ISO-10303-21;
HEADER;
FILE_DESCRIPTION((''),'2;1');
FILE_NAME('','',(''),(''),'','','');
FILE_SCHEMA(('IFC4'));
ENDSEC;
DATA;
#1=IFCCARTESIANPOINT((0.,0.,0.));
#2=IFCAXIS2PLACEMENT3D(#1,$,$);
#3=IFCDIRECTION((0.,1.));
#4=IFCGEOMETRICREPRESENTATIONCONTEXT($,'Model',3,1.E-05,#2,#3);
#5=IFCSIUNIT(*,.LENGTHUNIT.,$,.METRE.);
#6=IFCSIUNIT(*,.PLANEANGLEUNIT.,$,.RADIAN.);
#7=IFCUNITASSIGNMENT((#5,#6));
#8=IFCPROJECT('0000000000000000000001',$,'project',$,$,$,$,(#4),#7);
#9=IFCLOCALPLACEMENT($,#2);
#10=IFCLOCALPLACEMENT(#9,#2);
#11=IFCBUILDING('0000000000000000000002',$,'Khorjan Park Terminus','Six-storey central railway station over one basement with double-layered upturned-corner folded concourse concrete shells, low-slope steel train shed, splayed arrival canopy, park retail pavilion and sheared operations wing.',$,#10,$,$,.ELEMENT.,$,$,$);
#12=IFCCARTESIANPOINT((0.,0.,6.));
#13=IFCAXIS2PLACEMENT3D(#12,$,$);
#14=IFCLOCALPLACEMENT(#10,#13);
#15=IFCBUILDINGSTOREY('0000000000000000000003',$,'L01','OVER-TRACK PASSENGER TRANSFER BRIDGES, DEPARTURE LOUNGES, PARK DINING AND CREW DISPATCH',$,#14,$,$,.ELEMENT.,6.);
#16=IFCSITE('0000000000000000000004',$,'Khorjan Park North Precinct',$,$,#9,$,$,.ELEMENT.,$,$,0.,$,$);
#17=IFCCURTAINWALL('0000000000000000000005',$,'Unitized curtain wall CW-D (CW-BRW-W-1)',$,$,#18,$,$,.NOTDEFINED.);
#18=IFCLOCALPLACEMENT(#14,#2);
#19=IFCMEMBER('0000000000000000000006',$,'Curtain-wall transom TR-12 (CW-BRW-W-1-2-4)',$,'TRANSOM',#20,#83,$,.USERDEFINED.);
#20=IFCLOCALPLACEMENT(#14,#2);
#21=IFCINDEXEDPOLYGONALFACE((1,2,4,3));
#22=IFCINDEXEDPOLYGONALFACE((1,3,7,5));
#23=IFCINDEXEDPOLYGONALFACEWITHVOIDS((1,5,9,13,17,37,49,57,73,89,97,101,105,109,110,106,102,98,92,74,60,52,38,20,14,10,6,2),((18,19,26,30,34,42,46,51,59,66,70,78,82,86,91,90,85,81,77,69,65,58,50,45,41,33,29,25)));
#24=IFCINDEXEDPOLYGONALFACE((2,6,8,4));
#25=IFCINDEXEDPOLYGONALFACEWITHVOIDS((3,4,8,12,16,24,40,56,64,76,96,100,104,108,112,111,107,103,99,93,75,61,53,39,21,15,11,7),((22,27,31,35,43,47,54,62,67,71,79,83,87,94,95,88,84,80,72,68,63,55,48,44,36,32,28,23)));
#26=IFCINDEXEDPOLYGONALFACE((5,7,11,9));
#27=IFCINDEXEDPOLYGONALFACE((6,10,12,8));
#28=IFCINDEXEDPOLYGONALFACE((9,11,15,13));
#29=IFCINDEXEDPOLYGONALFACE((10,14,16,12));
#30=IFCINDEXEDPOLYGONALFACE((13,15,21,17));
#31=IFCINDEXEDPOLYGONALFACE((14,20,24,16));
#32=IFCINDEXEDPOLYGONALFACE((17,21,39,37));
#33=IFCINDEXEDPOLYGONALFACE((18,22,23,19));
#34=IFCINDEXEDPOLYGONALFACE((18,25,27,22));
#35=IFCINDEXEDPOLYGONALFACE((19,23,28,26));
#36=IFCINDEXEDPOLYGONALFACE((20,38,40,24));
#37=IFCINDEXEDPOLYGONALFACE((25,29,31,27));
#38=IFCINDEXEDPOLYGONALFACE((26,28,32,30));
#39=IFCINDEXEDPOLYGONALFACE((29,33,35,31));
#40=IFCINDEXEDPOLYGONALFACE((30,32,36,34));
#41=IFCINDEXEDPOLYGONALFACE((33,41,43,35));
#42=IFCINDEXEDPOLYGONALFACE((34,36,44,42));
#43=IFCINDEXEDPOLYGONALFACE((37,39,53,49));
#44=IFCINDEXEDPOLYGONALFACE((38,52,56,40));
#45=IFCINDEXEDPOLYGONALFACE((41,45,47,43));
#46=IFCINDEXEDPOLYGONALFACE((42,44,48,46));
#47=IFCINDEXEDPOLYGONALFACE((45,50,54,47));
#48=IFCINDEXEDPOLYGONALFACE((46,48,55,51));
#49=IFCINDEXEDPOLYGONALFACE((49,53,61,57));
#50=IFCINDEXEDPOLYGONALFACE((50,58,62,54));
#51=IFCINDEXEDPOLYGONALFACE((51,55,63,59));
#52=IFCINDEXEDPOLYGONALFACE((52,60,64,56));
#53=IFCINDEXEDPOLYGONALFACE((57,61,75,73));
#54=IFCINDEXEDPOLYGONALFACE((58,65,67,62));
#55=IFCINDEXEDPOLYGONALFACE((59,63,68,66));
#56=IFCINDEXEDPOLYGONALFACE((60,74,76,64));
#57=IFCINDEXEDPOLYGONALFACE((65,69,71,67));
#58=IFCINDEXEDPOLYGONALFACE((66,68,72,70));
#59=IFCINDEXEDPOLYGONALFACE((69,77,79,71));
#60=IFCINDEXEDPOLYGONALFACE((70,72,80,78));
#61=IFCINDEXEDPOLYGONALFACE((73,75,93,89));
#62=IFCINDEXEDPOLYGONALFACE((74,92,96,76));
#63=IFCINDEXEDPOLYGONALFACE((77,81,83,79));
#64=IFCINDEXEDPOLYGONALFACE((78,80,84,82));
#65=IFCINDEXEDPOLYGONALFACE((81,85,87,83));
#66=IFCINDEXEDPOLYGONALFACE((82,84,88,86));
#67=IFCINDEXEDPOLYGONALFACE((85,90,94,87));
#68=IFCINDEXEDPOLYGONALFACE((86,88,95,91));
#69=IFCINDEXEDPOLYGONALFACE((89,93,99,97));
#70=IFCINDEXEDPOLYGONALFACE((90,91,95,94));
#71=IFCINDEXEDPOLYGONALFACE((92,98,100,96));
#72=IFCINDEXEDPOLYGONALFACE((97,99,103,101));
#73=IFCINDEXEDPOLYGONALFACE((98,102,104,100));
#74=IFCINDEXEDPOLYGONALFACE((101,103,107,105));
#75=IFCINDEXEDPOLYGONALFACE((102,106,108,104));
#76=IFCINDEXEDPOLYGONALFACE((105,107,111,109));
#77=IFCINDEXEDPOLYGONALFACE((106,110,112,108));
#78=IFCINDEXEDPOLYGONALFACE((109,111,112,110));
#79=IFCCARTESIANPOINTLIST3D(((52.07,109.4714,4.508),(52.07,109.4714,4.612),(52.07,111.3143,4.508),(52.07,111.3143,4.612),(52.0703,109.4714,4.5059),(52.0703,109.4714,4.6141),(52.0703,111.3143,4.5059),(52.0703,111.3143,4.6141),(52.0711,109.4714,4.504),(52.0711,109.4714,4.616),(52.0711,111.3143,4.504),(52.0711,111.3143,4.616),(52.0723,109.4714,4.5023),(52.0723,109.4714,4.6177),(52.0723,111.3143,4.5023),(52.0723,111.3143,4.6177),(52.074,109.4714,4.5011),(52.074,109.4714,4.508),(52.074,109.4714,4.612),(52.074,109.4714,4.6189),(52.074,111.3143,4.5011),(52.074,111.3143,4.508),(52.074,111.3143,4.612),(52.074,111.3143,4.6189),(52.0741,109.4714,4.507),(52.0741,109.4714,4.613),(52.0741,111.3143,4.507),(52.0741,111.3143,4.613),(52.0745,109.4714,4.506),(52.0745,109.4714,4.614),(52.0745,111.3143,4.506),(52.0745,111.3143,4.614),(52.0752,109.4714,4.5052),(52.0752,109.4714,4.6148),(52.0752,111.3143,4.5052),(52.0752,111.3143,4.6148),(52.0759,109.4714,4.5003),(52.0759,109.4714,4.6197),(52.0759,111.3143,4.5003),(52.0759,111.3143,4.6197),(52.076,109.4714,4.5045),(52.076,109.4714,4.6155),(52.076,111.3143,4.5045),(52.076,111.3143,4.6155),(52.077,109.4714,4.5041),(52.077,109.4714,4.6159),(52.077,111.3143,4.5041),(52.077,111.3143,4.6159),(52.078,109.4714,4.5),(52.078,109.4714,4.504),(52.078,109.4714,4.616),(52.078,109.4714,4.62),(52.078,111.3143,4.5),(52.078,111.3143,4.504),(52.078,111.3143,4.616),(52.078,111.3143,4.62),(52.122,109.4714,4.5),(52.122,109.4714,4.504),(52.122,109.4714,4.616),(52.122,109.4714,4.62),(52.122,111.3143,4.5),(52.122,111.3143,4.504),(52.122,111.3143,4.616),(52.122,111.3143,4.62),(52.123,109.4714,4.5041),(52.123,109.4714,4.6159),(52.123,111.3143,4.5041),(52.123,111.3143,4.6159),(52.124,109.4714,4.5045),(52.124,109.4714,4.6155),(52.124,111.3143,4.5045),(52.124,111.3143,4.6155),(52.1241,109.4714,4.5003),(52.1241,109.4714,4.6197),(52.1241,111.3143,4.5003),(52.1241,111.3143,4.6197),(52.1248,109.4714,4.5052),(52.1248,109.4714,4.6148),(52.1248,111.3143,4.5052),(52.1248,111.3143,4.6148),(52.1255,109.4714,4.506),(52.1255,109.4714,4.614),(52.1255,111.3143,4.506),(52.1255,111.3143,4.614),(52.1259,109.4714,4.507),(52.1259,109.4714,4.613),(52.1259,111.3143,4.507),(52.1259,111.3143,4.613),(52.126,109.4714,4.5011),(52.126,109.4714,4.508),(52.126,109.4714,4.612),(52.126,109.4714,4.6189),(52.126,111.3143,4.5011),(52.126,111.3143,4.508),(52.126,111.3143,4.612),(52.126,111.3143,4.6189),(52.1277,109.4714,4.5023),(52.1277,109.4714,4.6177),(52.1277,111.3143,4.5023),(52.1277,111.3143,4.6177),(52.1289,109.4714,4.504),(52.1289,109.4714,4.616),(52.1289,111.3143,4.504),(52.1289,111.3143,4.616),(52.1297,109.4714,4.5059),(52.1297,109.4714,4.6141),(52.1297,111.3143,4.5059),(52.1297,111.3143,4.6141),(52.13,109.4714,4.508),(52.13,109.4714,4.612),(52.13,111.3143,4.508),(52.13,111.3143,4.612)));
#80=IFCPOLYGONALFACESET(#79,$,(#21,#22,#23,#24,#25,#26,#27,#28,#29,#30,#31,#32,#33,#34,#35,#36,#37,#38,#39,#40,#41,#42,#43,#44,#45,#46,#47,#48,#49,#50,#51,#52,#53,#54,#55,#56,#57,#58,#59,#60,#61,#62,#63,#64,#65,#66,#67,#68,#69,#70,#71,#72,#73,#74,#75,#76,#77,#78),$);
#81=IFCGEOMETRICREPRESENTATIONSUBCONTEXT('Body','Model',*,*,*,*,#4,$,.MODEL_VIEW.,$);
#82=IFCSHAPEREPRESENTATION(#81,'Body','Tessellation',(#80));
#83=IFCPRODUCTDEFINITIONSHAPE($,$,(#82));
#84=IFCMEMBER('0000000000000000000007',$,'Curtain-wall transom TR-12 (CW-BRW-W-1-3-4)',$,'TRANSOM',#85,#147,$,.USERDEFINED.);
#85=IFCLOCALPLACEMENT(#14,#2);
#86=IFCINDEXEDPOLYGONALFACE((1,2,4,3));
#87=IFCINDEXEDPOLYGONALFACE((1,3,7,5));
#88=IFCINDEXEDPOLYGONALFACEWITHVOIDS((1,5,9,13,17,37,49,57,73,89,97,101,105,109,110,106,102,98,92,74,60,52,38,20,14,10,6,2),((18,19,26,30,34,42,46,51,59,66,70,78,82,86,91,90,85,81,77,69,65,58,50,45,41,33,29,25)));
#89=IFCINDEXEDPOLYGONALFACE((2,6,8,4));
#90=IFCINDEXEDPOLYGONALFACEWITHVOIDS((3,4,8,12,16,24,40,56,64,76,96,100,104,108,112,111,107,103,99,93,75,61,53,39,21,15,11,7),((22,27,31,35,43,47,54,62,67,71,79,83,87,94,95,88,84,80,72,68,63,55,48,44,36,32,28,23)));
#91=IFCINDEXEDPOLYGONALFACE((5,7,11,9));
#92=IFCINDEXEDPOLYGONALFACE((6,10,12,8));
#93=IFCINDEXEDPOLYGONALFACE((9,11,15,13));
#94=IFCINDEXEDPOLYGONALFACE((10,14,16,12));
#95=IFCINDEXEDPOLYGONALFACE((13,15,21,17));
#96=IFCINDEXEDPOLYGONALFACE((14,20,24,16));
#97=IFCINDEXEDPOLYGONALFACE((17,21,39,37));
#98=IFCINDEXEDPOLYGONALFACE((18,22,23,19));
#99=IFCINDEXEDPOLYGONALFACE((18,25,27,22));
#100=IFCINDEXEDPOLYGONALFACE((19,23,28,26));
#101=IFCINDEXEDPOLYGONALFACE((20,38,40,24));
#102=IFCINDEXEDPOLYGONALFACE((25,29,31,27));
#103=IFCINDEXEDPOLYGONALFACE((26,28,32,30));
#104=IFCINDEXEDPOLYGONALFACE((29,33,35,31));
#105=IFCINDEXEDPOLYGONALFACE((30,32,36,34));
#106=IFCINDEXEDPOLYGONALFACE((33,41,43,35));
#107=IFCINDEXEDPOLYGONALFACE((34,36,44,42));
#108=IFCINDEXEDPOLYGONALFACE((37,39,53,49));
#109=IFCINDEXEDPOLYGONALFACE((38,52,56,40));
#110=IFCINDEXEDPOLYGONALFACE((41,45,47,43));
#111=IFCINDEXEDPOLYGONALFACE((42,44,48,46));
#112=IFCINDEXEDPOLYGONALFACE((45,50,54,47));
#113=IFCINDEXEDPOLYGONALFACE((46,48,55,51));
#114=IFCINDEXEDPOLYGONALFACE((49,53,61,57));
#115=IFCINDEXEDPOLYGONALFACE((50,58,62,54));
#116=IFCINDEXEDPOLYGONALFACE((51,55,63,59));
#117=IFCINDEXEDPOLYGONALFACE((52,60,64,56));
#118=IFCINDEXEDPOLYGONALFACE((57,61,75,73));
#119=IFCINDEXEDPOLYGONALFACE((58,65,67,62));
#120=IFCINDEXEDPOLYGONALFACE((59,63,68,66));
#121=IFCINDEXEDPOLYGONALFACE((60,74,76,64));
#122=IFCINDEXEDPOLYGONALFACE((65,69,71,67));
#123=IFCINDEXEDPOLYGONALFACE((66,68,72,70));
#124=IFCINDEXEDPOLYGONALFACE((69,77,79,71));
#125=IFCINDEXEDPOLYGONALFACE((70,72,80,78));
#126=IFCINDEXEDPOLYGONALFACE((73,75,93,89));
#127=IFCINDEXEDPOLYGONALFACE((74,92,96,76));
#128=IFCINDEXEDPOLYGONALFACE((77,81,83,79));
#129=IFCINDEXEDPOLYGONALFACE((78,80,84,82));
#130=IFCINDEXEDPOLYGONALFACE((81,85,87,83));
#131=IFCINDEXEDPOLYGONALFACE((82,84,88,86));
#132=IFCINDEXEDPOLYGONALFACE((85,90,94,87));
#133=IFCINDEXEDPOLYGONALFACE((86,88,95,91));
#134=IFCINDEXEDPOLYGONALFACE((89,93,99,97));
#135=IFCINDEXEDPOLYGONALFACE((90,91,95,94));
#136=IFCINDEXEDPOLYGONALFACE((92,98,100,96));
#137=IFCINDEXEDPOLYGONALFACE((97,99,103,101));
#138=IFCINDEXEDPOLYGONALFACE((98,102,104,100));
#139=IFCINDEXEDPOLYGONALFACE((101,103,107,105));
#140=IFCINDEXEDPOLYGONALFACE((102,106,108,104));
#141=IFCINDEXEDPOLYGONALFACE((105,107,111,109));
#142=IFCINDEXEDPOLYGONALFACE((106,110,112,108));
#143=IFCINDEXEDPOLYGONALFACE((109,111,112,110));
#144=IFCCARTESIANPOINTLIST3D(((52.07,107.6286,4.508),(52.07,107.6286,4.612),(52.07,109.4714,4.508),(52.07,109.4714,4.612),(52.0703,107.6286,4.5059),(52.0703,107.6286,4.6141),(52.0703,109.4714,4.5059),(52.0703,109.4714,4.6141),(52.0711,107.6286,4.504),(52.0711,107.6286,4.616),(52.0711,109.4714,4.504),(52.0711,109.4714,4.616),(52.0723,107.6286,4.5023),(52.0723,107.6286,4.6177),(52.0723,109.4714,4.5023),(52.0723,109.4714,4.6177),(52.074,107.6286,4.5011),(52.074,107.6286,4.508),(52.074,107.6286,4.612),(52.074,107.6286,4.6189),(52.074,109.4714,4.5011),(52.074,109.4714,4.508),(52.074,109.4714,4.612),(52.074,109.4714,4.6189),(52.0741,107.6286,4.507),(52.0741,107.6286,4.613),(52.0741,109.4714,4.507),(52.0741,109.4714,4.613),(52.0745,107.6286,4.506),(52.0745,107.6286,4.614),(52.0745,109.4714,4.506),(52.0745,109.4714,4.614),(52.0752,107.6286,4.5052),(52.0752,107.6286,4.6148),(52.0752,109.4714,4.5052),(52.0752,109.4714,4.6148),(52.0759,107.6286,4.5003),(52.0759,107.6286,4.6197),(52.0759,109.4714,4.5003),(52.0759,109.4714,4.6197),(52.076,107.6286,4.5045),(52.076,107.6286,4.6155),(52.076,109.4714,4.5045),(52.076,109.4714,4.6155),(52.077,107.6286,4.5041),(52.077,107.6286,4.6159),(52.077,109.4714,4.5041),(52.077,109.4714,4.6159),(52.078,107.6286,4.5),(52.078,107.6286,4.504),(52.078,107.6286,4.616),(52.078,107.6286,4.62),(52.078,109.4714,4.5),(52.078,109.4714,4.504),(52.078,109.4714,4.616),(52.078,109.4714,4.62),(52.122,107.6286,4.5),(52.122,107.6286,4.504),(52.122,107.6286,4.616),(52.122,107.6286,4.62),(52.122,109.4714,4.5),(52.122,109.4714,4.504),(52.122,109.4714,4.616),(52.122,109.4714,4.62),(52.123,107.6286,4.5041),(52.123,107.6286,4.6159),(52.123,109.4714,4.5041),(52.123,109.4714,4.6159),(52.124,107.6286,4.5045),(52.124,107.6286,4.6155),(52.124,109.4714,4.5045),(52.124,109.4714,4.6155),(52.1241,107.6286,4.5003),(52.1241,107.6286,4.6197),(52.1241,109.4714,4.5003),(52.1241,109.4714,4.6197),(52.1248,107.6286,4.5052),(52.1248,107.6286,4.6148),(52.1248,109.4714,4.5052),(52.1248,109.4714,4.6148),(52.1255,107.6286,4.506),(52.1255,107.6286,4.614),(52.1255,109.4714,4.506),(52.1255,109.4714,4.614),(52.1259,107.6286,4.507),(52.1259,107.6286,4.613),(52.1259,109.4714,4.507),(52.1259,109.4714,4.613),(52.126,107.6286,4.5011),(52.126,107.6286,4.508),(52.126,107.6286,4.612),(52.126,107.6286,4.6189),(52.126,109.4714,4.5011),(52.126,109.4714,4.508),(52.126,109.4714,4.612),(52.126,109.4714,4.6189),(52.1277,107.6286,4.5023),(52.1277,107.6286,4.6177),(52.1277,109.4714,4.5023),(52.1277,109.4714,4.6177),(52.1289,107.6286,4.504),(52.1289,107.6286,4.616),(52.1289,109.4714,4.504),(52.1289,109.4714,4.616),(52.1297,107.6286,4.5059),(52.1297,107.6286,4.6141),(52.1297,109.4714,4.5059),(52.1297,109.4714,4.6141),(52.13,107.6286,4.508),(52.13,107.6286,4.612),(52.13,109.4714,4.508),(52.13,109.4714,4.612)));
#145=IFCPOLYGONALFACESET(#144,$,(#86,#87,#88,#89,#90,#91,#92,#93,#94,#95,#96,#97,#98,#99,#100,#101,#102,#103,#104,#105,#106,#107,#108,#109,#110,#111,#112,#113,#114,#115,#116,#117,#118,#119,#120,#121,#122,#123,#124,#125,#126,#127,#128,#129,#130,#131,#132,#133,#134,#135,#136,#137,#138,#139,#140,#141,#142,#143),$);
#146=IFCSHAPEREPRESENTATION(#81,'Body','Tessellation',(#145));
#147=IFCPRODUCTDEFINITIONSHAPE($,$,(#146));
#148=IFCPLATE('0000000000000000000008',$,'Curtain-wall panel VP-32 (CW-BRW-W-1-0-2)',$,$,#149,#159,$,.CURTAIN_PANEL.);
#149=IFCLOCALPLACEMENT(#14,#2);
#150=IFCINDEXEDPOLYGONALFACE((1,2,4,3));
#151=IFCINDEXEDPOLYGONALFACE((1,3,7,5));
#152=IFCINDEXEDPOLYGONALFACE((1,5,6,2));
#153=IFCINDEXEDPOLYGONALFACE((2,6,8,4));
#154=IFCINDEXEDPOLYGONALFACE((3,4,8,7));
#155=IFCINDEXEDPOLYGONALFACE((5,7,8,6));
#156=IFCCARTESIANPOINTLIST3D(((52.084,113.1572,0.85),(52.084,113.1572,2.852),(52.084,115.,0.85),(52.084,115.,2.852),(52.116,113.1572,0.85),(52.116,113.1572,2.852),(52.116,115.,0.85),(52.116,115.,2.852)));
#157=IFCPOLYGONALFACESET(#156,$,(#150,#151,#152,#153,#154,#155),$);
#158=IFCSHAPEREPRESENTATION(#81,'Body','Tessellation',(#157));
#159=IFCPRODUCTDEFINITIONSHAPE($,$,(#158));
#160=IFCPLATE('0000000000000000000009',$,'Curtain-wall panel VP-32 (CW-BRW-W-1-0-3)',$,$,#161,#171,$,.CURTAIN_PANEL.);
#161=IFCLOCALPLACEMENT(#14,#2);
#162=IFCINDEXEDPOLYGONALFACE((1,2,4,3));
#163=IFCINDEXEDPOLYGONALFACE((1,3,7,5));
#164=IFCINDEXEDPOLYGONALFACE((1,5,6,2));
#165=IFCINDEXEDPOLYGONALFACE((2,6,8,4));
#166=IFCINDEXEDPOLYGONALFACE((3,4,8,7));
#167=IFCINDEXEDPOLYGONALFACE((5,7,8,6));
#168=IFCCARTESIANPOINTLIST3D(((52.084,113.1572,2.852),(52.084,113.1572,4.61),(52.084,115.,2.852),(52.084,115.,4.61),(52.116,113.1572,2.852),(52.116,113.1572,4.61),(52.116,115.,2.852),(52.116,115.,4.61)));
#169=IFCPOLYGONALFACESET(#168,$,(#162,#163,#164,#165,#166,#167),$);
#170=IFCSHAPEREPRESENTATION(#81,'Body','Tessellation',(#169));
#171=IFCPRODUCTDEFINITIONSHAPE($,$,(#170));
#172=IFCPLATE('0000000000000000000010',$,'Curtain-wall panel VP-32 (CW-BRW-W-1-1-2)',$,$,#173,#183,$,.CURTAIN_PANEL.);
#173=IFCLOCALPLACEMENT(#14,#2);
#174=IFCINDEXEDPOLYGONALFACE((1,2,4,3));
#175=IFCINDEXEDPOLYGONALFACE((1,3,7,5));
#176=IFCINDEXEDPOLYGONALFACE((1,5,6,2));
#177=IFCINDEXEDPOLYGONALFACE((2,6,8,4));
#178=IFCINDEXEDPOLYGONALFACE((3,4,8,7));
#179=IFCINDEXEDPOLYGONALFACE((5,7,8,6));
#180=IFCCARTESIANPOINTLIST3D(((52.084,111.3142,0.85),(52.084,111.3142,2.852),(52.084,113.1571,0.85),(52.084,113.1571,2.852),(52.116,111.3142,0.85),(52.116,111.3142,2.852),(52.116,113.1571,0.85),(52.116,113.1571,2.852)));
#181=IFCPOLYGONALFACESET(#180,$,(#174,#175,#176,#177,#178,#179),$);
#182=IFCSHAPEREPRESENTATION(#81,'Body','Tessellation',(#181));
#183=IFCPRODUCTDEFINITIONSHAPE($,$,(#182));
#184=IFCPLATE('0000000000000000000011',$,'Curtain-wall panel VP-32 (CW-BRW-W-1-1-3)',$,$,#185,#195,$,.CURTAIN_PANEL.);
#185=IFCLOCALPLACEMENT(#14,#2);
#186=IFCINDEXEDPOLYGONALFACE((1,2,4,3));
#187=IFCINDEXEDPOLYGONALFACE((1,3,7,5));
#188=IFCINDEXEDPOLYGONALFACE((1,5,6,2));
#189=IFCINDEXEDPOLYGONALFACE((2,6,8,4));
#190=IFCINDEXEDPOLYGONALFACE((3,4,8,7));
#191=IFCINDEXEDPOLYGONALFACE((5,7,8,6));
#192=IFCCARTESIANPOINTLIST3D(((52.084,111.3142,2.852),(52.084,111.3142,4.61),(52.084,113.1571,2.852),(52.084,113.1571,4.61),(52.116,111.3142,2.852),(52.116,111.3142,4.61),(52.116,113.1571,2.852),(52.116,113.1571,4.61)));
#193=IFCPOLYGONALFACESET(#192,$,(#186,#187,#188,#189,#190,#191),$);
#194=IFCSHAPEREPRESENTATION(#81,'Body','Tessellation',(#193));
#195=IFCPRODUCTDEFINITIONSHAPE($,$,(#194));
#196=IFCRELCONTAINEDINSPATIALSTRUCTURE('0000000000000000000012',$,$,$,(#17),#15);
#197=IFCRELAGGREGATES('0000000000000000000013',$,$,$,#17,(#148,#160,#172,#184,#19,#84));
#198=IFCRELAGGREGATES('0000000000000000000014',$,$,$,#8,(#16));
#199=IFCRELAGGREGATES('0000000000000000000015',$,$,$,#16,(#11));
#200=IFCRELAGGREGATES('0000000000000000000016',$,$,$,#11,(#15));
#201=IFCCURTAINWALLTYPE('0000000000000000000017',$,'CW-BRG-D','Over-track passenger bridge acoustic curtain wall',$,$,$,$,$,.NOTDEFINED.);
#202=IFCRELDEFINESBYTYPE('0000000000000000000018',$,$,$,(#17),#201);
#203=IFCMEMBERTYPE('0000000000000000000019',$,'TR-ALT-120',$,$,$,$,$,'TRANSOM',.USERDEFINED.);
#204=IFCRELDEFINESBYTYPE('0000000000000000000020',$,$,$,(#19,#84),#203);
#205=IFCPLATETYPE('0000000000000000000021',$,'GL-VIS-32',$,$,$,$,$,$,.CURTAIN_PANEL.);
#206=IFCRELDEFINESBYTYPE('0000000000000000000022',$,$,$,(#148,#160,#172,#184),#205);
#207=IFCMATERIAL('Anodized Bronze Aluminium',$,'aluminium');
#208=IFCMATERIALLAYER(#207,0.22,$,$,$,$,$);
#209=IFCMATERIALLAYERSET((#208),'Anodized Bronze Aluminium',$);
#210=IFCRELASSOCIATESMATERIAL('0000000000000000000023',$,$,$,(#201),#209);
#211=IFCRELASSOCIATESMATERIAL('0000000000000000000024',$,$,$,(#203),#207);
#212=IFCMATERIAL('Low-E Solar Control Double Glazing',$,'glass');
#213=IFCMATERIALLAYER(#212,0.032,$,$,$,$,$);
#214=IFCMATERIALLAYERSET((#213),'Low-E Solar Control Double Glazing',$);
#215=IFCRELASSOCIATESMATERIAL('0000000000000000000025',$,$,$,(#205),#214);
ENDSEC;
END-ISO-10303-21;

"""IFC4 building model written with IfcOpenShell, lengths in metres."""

from ifc_helpers import new_model, si_unit, direction, frame, origin, origin_2d, place, context, subcontext, project, spatial, rectangle, hollow_rectangle, extrude, material, layer, layer_set, material_profile, profile_set, type_object, element, aggregate, save


model = new_model("IFC4")

# Units and contexts
model_context = context("Model", 3, precision=1e-05, world=origin(), true_north=direction((0.0, 1.0)))
body_context = subcontext(model_context, "Body", "Model", "MODEL_VIEW")
ifc_project = project(units=[si_unit("LENGTHUNIT", "METRE"), si_unit("PLANEANGLEUNIT", "RADIAN")], contexts=[model_context])

# Site, building, storey
site_placement = place(None, origin())
site = spatial("IfcSite", under=ifc_project, at=site_placement, Name="Khorjan Park North Precinct", CompositionType="ELEMENT", RefElevation=0.0)
building_placement = place(site_placement, origin())
building = spatial("IfcBuilding", under=site, at=building_placement, Name="Khorjan Park Terminus", Description="Six-storey central railway station over one basement with double-layered upturned-corner folded concourse concrete shells, low-slope steel train shed, splayed arrival canopy, park retail pavilion and sheared operations wing.", CompositionType="ELEMENT")
storey_placement = place(building_placement, frame((0.0, 0.0, 6.0)))
storey = spatial("IfcBuildingStorey", under=building, at=storey_placement, Name="L01", Description="OVER-TRACK PASSENGER TRANSFER BRIDGES, DEPARTURE LOUNGES, PARK DINING AND CREW DISPATCH", CompositionType="ELEMENT", Elevation=6.0)

# Curtain wall, members, plates
ifc_material_1 = material(Name="Anodized Bronze Aluminium", Category="aluminium")
ifc_layer_1 = layer(ifc_material_1, 0.22)
ifc_layer_set_1 = layer_set([ifc_layer_1], Name="Anodized Bronze Aluminium")
curtain_wall_type = type_object("IfcCurtainWallType", Name="CW-BRG-D", Description="Over-track passenger bridge acoustic curtain wall", PredefinedType="NOTDEFINED", material=ifc_layer_set_1)
curtain_wall_1_placement = place(storey_placement, origin())
curtain_wall_1 = element("IfcCurtainWall", 1, at=curtain_wall_1_placement, inside=storey, type_object=curtain_wall_type, Name="Unitized curtain wall CW-D (CW-BRW-W-1)", PredefinedType="NOTDEFINED")
ifc_material_profile_1 = material_profile(ifc_material_1, hollow_rectangle(XDim=0.06, YDim=0.12, WallThickness=0.004, InnerFilletRadius=0.004, OuterFilletRadius=0.008, at=origin_2d()), Name="ALT 60x120x4")
ifc_profile_set_1 = profile_set([ifc_material_profile_1], Name="Anodized Bronze Aluminium")
member_type_1 = type_object("IfcMemberType", Name="TR-ALT-120", ElementType="TRANSOM", PredefinedType="USERDEFINED", material=ifc_profile_set_1)
member_1_placement = place(storey_placement, frame((52.1, 111.3143, 4.56), z_axis=(0.0, -1.0, 0.0), x_axis=(1.0, 0.0, 0.0)))
member_1 = element("IfcMember", 2, at=member_1_placement, type_object=member_type_1, Name="Curtain-wall transom TR-12 (CW-BRW-W-1-2-4)", ObjectType="TRANSOM", PredefinedType="USERDEFINED", context=body_context, shape_type="SweptSolid", body=[
    extrude(hollow_rectangle(XDim=0.06, YDim=0.12, WallThickness=0.004, InnerFilletRadius=0.004, OuterFilletRadius=0.008, at=origin_2d()), origin(), (0.0, 0.0, 1.0), 1.8429),
])
member_2_placement = place(storey_placement, frame((52.1, 109.4714, 4.56), z_axis=(0.0, -1.0, 0.0), x_axis=(1.0, 0.0, 0.0)))
member_2 = element("IfcMember", 3, at=member_2_placement, type_object=member_type_1, Name="Curtain-wall transom TR-12 (CW-BRW-W-1-3-4)", ObjectType="TRANSOM", PredefinedType="USERDEFINED", context=body_context, shape_type="SweptSolid", body=[
    extrude(hollow_rectangle(XDim=0.06, YDim=0.12, WallThickness=0.004, InnerFilletRadius=0.004, OuterFilletRadius=0.008, at=origin_2d()), origin(), (0.0, 0.0, 1.0), 1.8428),
])
ifc_material_2 = material(Name="Low-E Solar Control Double Glazing", Category="glass")
ifc_layer_2 = layer(ifc_material_2, 0.032)
ifc_layer_set_2 = layer_set([ifc_layer_2], Name="Low-E Solar Control Double Glazing")
plate_type_1 = type_object("IfcPlateType", Name="GL-VIS-32", PredefinedType="CURTAIN_PANEL", material=ifc_layer_set_2)
plate_1_placement = place(storey_placement, frame((52.1, 114.0786, 0.85), z_axis=(0.0, 0.0, 1.0), x_axis=(0.0, -1.0, 0.0)))
plate_1 = element("IfcPlate", 4, at=plate_1_placement, type_object=plate_type_1, Name="Curtain-wall panel VP-32 (CW-BRW-W-1-0-2)", PredefinedType="CURTAIN_PANEL", context=body_context, shape_type="SweptSolid", body=[
    extrude(rectangle(XDim=1.8429, YDim=0.032, at=origin_2d()), origin(), (0.0, 0.0, 1.0), 2.002),
])
plate_2_placement = place(storey_placement, frame((52.1, 114.0786, 2.852), z_axis=(0.0, 0.0, 1.0), x_axis=(0.0, -1.0, 0.0)))
plate_2 = element("IfcPlate", 5, at=plate_2_placement, type_object=plate_type_1, Name="Curtain-wall panel VP-32 (CW-BRW-W-1-0-3)", PredefinedType="CURTAIN_PANEL", context=body_context, shape_type="SweptSolid", body=[
    extrude(rectangle(XDim=1.8429, YDim=0.032, at=origin_2d()), origin(), (0.0, 0.0, 1.0), 1.758),
])
plate_3_placement = place(storey_placement, frame((52.1, 112.2357, 0.85), z_axis=(0.0, 0.0, 1.0), x_axis=(0.0, -1.0, 0.0)))
plate_3 = element("IfcPlate", 6, at=plate_3_placement, type_object=plate_type_1, Name="Curtain-wall panel VP-32 (CW-BRW-W-1-1-2)", PredefinedType="CURTAIN_PANEL", context=body_context, shape_type="SweptSolid", body=[
    extrude(rectangle(XDim=1.8429, YDim=0.032, at=origin_2d()), origin(), (0.0, 0.0, 1.0), 2.002),
])
plate_4_placement = place(storey_placement, frame((52.1, 112.2357, 2.852), z_axis=(0.0, 0.0, 1.0), x_axis=(0.0, -1.0, 0.0)))
plate_4 = element("IfcPlate", 7, at=plate_4_placement, type_object=plate_type_1, Name="Curtain-wall panel VP-32 (CW-BRW-W-1-1-3)", PredefinedType="CURTAIN_PANEL", context=body_context, shape_type="SweptSolid", body=[
    extrude(rectangle(XDim=1.8429, YDim=0.032, at=origin_2d()), origin(), (0.0, 0.0, 1.0), 1.758),
])

aggregate(curtain_wall_1, [plate_1, plate_2, plate_3, plate_4, member_1, member_2])

save(model, "model.ifc")
